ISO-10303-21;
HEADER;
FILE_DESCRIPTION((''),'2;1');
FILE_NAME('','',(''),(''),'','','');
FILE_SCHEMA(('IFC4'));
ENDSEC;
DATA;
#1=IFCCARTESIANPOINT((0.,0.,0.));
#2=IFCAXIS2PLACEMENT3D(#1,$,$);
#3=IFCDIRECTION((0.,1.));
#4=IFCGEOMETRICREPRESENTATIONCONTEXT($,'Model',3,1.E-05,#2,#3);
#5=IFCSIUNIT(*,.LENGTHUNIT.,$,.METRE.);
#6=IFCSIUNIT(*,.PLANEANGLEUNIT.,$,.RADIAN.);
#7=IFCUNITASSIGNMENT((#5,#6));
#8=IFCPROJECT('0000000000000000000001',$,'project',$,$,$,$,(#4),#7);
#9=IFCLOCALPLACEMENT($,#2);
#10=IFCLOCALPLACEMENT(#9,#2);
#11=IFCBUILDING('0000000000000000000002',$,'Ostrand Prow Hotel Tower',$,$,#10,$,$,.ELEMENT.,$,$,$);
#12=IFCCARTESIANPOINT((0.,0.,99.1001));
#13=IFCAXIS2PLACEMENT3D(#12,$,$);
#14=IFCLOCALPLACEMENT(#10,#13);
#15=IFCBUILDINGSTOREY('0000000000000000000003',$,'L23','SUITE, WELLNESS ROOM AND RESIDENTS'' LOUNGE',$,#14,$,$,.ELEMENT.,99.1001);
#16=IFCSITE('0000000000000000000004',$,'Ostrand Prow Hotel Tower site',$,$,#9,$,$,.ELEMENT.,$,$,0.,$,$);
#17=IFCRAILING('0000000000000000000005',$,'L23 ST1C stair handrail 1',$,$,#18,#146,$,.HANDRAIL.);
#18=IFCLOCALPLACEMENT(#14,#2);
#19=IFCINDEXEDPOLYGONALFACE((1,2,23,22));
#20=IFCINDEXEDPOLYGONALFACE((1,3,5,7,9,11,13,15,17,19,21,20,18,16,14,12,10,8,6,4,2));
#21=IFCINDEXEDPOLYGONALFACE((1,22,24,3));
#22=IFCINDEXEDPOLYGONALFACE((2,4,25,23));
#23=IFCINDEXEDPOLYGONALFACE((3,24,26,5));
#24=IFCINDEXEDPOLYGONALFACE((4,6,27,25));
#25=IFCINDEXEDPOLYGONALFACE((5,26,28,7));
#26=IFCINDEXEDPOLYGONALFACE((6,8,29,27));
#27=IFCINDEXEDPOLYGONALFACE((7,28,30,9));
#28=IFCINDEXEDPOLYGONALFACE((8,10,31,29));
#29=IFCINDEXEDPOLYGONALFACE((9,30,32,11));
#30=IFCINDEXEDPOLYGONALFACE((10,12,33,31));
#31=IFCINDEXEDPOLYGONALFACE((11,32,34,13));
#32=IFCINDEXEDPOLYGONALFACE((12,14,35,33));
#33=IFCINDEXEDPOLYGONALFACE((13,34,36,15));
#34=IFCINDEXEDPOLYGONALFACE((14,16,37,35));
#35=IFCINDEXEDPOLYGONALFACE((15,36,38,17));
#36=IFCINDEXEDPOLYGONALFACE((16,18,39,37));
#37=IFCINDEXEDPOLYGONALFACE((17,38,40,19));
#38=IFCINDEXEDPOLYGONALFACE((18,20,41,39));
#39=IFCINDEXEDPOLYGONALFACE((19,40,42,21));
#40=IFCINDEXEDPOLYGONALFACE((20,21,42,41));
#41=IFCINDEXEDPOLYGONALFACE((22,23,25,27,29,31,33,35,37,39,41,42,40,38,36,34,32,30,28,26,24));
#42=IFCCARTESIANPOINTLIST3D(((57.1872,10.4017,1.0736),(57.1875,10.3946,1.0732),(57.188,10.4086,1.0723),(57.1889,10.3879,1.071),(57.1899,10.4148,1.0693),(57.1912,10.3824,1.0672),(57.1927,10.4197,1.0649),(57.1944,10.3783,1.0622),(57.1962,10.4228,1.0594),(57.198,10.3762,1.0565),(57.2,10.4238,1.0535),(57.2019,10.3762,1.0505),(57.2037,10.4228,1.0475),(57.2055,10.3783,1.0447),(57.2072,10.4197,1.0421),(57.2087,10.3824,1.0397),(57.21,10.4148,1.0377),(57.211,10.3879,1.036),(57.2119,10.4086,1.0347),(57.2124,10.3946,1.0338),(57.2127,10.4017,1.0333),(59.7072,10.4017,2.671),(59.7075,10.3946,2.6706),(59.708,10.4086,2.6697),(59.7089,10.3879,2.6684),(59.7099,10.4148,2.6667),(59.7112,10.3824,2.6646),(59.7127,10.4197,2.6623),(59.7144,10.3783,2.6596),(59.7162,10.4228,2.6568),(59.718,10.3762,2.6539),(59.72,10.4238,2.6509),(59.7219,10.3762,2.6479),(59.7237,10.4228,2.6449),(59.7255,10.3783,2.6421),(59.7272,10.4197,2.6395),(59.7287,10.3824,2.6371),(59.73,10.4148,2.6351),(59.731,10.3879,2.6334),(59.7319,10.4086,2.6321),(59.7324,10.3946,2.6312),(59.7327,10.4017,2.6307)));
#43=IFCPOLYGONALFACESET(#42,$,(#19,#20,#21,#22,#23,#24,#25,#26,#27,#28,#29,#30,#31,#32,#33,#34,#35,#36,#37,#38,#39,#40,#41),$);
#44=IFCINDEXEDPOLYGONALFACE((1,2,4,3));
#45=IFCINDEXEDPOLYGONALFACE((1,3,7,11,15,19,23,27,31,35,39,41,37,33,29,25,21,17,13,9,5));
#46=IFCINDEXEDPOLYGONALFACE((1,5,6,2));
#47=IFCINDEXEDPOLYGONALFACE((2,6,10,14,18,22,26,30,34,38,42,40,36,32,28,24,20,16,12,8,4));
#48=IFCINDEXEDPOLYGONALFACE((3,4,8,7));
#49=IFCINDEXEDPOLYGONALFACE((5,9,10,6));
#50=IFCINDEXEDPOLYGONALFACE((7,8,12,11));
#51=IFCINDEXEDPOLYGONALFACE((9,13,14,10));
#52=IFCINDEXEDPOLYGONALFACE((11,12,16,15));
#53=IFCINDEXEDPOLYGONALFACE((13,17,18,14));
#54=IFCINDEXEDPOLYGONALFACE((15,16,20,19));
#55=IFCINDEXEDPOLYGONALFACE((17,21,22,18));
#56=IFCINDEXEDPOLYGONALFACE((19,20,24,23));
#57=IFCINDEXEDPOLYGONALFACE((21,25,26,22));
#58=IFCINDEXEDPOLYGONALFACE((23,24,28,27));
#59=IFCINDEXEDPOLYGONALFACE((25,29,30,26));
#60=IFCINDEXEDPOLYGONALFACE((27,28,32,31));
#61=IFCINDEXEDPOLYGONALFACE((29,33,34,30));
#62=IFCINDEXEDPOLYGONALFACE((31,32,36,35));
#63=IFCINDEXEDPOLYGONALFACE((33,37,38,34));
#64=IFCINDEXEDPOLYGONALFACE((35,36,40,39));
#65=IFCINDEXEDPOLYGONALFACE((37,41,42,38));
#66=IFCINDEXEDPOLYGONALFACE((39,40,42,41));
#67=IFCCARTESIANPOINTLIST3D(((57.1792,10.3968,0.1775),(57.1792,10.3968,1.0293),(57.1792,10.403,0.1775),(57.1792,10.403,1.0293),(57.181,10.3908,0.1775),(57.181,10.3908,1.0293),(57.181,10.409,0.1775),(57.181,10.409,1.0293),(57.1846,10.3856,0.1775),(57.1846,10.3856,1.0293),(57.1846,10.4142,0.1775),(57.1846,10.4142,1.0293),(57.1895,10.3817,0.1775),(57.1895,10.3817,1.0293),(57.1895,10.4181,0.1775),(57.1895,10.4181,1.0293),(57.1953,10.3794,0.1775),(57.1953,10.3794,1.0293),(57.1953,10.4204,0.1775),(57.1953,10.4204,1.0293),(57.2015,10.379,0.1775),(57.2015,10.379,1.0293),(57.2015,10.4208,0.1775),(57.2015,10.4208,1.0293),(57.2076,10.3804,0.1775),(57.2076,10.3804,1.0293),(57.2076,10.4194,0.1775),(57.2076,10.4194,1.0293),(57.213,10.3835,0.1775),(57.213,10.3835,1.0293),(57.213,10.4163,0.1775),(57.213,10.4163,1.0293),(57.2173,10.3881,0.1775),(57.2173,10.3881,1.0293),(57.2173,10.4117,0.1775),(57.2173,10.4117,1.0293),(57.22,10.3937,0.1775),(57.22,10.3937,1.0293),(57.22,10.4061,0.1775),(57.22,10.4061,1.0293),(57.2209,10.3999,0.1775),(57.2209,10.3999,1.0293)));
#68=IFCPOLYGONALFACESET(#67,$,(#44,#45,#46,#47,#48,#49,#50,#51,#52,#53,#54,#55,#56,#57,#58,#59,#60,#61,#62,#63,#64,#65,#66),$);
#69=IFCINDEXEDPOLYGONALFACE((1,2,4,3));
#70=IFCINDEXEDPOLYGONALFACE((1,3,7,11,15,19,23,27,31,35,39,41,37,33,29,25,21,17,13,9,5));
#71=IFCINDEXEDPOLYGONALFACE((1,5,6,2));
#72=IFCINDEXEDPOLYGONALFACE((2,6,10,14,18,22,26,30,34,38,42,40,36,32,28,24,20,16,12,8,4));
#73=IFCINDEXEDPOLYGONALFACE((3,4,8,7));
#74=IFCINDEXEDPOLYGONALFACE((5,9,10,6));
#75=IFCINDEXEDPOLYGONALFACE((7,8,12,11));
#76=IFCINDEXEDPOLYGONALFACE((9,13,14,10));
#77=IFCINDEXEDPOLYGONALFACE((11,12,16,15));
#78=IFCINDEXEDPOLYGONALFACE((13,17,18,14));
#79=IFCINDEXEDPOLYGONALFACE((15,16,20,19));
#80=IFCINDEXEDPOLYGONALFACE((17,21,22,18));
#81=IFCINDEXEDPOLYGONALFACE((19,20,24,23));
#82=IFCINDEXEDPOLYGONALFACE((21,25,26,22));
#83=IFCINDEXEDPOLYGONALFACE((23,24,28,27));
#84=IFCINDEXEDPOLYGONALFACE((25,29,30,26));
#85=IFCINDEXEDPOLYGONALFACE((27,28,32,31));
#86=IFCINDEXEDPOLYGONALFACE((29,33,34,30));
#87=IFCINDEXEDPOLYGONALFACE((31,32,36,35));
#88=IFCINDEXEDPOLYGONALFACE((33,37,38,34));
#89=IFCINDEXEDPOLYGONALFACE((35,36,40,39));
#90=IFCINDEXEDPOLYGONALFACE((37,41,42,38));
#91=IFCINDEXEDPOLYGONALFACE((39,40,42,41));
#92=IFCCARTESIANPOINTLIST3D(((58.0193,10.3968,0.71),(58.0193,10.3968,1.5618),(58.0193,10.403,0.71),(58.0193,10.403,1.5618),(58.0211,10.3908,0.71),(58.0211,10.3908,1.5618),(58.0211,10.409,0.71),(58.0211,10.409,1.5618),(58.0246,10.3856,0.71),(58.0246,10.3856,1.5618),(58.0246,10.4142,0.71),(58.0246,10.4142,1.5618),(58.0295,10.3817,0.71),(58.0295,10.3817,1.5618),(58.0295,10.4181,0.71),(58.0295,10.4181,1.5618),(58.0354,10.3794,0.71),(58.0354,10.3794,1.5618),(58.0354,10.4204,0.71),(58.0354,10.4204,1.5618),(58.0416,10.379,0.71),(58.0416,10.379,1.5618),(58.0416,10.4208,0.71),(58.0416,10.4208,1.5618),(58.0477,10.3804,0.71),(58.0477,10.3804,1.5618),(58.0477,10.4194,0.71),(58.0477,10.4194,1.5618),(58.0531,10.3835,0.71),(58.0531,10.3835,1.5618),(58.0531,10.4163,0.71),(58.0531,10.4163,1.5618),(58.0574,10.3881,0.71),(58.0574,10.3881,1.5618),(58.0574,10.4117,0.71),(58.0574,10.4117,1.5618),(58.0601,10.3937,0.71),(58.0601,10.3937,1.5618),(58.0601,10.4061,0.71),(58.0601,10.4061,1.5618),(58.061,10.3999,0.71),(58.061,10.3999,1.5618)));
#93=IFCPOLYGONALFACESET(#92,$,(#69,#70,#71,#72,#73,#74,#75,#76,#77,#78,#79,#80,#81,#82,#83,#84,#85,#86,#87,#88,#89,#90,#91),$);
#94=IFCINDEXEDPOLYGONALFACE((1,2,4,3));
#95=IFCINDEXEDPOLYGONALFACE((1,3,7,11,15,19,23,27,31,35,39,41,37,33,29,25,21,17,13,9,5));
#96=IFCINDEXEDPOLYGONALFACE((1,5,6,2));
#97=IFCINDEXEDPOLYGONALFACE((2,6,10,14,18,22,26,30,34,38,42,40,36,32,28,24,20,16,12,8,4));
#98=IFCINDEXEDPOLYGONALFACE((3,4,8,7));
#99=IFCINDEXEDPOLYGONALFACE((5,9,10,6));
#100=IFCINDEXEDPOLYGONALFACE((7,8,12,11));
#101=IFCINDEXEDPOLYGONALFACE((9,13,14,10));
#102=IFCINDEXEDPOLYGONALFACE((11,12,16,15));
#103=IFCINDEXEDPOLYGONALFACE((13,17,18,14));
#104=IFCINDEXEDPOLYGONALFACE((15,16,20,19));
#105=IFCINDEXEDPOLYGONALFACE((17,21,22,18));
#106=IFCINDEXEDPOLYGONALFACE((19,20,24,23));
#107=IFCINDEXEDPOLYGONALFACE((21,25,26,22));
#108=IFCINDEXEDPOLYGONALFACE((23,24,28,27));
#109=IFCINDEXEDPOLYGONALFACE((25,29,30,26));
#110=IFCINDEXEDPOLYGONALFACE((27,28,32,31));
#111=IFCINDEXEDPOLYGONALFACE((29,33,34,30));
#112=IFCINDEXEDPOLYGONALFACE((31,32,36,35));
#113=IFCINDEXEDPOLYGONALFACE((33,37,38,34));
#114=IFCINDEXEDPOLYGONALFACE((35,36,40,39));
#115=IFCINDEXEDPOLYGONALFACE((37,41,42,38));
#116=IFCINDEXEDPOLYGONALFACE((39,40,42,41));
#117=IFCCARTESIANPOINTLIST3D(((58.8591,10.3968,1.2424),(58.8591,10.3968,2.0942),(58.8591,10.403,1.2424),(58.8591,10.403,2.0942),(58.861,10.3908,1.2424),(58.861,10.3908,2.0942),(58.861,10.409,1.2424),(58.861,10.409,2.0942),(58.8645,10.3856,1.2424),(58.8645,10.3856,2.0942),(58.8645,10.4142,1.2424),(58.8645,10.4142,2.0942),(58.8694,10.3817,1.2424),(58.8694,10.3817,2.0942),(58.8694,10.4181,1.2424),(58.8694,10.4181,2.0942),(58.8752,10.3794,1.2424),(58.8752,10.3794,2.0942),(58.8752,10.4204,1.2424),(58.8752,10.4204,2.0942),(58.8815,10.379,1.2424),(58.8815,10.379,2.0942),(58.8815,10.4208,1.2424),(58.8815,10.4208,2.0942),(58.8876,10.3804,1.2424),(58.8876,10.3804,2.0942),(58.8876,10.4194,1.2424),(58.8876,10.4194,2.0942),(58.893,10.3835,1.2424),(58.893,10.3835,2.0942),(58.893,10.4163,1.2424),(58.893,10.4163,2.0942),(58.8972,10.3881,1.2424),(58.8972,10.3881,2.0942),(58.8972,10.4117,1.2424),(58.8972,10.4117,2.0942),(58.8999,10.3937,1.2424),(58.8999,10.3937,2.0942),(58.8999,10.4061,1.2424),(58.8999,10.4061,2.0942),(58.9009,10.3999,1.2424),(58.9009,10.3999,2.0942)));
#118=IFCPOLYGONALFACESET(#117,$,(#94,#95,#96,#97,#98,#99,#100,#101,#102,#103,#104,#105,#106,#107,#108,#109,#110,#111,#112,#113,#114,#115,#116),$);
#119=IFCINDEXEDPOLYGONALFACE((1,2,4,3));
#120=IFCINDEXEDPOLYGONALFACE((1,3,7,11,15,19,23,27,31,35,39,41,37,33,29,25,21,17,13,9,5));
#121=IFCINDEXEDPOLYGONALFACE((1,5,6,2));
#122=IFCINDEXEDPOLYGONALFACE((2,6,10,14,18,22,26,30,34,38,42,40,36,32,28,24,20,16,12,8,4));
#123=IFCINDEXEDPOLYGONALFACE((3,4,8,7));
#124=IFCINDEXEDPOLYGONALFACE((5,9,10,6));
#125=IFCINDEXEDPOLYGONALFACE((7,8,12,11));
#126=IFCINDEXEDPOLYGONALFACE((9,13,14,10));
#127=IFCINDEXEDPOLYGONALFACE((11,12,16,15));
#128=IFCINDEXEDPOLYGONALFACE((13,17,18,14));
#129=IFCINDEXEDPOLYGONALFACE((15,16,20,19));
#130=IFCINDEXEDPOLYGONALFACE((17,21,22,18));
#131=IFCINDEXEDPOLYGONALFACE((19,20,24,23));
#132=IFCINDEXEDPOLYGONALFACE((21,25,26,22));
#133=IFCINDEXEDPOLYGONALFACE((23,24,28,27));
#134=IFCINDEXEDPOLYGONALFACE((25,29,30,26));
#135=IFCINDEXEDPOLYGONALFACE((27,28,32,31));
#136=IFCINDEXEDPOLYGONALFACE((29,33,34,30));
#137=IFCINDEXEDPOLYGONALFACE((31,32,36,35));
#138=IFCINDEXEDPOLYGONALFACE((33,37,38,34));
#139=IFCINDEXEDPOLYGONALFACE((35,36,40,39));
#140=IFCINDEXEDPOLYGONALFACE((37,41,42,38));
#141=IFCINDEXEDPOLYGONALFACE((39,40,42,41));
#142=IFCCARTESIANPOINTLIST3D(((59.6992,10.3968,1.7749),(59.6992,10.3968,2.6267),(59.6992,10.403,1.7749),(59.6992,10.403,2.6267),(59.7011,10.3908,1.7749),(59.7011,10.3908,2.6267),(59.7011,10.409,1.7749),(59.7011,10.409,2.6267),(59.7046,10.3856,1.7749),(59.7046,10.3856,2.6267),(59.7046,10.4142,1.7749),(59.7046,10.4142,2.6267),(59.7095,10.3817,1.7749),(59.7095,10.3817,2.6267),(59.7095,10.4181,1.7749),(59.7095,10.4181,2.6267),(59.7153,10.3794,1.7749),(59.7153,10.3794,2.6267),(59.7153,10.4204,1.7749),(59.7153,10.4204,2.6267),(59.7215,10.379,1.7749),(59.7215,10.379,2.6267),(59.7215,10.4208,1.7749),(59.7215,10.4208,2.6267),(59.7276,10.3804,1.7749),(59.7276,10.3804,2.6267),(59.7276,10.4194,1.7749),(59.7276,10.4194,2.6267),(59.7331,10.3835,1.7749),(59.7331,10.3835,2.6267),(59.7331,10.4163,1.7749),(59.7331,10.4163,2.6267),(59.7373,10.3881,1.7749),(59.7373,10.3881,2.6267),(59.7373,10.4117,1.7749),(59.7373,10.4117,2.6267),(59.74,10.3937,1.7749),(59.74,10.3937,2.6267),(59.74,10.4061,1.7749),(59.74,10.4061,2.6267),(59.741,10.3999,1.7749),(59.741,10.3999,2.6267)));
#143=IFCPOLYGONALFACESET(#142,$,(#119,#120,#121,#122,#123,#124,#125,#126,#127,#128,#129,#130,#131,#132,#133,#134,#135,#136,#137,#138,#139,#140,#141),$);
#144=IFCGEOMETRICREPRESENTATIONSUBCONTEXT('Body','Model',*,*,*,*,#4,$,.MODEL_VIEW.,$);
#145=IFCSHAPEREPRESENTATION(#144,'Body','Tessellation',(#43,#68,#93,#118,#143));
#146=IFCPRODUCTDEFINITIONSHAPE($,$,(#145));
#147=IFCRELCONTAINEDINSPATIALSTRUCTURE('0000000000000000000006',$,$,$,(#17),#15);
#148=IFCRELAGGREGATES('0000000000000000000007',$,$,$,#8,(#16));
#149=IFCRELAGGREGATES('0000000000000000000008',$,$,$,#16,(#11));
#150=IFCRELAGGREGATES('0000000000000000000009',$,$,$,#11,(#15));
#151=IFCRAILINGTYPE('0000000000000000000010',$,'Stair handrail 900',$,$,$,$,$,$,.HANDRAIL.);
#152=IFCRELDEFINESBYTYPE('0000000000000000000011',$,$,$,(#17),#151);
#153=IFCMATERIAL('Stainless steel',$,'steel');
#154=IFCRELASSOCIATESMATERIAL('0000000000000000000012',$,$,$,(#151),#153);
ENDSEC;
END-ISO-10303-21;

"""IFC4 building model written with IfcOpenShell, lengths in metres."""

from ifc_helpers import new_model, si_unit, direction, frame, origin, origin_2d, place, context, subcontext, project, spatial, circle, extrude, material, type_object, element, save


model = new_model("IFC4")

# Units and contexts
model_context = context("Model", 3, precision=1e-05, world=origin(), true_north=direction((0.0, 1.0)))
body_context = subcontext(model_context, "Body", "Model", "MODEL_VIEW")
ifc_project = project(units=[si_unit("LENGTHUNIT", "METRE"), si_unit("PLANEANGLEUNIT", "RADIAN")], contexts=[model_context])

# Site, building, storey
site_placement = place(None, origin())
site = spatial("IfcSite", under=ifc_project, at=site_placement, Name="Ostrand Prow Hotel Tower site", CompositionType="ELEMENT", RefElevation=0.0)
building_placement = place(site_placement, origin())
building = spatial("IfcBuilding", under=site, at=building_placement, Name="Ostrand Prow Hotel Tower", CompositionType="ELEMENT")
storey_placement = place(building_placement, frame((0.0, 0.0, 99.1001)))
storey = spatial("IfcBuildingStorey", under=building, at=storey_placement, Name="L23", Description="SUITE, WELLNESS ROOM AND RESIDENTS' LOUNGE", CompositionType="ELEMENT", Elevation=99.1001)

# Railing
ifc_material_1 = material(Name="Stainless steel", Category="steel")
railing_type_1 = type_object("IfcRailingType", Name="Stair handrail 900", PredefinedType="HANDRAIL", material=ifc_material_1)
railing_1_placement = place(storey_placement, frame((57.2, 10.3999, 0.1775)))
element("IfcRailing", 1, at=railing_1_placement, inside=storey, type_object=railing_type_1, Name="L23 ST1C stair handrail 1", PredefinedType="HANDRAIL", context=body_context, shape_type="SweptSolid", body=[
    extrude(circle(Radius=0.0239, at=origin_2d()), frame((0.0, 0.0, 0.876), z_axis=(0.844607, 0.0, 0.535387), x_axis=(0.0, 1.0, 0.0)), (0.0, 0.0, 1.0), 2.9836),
    extrude(circle(Radius=0.021, at=origin_2d()), origin(), (0.0, 0.0, 1.0), 0.8518),
    extrude(circle(Radius=0.021, at=origin_2d()), frame((0.8401, 0.0, 0.5325)), (0.0, 0.0, 1.0), 0.8518),
    extrude(circle(Radius=0.021, at=origin_2d()), frame((1.6799, 0.0, 1.0649)), (0.0, 0.0, 1.0), 0.8518),
    extrude(circle(Radius=0.021, at=origin_2d()), frame((2.52, 0.0, 1.5974)), (0.0, 0.0, 1.0), 0.8518),
])

save(model, "model.ifc")
